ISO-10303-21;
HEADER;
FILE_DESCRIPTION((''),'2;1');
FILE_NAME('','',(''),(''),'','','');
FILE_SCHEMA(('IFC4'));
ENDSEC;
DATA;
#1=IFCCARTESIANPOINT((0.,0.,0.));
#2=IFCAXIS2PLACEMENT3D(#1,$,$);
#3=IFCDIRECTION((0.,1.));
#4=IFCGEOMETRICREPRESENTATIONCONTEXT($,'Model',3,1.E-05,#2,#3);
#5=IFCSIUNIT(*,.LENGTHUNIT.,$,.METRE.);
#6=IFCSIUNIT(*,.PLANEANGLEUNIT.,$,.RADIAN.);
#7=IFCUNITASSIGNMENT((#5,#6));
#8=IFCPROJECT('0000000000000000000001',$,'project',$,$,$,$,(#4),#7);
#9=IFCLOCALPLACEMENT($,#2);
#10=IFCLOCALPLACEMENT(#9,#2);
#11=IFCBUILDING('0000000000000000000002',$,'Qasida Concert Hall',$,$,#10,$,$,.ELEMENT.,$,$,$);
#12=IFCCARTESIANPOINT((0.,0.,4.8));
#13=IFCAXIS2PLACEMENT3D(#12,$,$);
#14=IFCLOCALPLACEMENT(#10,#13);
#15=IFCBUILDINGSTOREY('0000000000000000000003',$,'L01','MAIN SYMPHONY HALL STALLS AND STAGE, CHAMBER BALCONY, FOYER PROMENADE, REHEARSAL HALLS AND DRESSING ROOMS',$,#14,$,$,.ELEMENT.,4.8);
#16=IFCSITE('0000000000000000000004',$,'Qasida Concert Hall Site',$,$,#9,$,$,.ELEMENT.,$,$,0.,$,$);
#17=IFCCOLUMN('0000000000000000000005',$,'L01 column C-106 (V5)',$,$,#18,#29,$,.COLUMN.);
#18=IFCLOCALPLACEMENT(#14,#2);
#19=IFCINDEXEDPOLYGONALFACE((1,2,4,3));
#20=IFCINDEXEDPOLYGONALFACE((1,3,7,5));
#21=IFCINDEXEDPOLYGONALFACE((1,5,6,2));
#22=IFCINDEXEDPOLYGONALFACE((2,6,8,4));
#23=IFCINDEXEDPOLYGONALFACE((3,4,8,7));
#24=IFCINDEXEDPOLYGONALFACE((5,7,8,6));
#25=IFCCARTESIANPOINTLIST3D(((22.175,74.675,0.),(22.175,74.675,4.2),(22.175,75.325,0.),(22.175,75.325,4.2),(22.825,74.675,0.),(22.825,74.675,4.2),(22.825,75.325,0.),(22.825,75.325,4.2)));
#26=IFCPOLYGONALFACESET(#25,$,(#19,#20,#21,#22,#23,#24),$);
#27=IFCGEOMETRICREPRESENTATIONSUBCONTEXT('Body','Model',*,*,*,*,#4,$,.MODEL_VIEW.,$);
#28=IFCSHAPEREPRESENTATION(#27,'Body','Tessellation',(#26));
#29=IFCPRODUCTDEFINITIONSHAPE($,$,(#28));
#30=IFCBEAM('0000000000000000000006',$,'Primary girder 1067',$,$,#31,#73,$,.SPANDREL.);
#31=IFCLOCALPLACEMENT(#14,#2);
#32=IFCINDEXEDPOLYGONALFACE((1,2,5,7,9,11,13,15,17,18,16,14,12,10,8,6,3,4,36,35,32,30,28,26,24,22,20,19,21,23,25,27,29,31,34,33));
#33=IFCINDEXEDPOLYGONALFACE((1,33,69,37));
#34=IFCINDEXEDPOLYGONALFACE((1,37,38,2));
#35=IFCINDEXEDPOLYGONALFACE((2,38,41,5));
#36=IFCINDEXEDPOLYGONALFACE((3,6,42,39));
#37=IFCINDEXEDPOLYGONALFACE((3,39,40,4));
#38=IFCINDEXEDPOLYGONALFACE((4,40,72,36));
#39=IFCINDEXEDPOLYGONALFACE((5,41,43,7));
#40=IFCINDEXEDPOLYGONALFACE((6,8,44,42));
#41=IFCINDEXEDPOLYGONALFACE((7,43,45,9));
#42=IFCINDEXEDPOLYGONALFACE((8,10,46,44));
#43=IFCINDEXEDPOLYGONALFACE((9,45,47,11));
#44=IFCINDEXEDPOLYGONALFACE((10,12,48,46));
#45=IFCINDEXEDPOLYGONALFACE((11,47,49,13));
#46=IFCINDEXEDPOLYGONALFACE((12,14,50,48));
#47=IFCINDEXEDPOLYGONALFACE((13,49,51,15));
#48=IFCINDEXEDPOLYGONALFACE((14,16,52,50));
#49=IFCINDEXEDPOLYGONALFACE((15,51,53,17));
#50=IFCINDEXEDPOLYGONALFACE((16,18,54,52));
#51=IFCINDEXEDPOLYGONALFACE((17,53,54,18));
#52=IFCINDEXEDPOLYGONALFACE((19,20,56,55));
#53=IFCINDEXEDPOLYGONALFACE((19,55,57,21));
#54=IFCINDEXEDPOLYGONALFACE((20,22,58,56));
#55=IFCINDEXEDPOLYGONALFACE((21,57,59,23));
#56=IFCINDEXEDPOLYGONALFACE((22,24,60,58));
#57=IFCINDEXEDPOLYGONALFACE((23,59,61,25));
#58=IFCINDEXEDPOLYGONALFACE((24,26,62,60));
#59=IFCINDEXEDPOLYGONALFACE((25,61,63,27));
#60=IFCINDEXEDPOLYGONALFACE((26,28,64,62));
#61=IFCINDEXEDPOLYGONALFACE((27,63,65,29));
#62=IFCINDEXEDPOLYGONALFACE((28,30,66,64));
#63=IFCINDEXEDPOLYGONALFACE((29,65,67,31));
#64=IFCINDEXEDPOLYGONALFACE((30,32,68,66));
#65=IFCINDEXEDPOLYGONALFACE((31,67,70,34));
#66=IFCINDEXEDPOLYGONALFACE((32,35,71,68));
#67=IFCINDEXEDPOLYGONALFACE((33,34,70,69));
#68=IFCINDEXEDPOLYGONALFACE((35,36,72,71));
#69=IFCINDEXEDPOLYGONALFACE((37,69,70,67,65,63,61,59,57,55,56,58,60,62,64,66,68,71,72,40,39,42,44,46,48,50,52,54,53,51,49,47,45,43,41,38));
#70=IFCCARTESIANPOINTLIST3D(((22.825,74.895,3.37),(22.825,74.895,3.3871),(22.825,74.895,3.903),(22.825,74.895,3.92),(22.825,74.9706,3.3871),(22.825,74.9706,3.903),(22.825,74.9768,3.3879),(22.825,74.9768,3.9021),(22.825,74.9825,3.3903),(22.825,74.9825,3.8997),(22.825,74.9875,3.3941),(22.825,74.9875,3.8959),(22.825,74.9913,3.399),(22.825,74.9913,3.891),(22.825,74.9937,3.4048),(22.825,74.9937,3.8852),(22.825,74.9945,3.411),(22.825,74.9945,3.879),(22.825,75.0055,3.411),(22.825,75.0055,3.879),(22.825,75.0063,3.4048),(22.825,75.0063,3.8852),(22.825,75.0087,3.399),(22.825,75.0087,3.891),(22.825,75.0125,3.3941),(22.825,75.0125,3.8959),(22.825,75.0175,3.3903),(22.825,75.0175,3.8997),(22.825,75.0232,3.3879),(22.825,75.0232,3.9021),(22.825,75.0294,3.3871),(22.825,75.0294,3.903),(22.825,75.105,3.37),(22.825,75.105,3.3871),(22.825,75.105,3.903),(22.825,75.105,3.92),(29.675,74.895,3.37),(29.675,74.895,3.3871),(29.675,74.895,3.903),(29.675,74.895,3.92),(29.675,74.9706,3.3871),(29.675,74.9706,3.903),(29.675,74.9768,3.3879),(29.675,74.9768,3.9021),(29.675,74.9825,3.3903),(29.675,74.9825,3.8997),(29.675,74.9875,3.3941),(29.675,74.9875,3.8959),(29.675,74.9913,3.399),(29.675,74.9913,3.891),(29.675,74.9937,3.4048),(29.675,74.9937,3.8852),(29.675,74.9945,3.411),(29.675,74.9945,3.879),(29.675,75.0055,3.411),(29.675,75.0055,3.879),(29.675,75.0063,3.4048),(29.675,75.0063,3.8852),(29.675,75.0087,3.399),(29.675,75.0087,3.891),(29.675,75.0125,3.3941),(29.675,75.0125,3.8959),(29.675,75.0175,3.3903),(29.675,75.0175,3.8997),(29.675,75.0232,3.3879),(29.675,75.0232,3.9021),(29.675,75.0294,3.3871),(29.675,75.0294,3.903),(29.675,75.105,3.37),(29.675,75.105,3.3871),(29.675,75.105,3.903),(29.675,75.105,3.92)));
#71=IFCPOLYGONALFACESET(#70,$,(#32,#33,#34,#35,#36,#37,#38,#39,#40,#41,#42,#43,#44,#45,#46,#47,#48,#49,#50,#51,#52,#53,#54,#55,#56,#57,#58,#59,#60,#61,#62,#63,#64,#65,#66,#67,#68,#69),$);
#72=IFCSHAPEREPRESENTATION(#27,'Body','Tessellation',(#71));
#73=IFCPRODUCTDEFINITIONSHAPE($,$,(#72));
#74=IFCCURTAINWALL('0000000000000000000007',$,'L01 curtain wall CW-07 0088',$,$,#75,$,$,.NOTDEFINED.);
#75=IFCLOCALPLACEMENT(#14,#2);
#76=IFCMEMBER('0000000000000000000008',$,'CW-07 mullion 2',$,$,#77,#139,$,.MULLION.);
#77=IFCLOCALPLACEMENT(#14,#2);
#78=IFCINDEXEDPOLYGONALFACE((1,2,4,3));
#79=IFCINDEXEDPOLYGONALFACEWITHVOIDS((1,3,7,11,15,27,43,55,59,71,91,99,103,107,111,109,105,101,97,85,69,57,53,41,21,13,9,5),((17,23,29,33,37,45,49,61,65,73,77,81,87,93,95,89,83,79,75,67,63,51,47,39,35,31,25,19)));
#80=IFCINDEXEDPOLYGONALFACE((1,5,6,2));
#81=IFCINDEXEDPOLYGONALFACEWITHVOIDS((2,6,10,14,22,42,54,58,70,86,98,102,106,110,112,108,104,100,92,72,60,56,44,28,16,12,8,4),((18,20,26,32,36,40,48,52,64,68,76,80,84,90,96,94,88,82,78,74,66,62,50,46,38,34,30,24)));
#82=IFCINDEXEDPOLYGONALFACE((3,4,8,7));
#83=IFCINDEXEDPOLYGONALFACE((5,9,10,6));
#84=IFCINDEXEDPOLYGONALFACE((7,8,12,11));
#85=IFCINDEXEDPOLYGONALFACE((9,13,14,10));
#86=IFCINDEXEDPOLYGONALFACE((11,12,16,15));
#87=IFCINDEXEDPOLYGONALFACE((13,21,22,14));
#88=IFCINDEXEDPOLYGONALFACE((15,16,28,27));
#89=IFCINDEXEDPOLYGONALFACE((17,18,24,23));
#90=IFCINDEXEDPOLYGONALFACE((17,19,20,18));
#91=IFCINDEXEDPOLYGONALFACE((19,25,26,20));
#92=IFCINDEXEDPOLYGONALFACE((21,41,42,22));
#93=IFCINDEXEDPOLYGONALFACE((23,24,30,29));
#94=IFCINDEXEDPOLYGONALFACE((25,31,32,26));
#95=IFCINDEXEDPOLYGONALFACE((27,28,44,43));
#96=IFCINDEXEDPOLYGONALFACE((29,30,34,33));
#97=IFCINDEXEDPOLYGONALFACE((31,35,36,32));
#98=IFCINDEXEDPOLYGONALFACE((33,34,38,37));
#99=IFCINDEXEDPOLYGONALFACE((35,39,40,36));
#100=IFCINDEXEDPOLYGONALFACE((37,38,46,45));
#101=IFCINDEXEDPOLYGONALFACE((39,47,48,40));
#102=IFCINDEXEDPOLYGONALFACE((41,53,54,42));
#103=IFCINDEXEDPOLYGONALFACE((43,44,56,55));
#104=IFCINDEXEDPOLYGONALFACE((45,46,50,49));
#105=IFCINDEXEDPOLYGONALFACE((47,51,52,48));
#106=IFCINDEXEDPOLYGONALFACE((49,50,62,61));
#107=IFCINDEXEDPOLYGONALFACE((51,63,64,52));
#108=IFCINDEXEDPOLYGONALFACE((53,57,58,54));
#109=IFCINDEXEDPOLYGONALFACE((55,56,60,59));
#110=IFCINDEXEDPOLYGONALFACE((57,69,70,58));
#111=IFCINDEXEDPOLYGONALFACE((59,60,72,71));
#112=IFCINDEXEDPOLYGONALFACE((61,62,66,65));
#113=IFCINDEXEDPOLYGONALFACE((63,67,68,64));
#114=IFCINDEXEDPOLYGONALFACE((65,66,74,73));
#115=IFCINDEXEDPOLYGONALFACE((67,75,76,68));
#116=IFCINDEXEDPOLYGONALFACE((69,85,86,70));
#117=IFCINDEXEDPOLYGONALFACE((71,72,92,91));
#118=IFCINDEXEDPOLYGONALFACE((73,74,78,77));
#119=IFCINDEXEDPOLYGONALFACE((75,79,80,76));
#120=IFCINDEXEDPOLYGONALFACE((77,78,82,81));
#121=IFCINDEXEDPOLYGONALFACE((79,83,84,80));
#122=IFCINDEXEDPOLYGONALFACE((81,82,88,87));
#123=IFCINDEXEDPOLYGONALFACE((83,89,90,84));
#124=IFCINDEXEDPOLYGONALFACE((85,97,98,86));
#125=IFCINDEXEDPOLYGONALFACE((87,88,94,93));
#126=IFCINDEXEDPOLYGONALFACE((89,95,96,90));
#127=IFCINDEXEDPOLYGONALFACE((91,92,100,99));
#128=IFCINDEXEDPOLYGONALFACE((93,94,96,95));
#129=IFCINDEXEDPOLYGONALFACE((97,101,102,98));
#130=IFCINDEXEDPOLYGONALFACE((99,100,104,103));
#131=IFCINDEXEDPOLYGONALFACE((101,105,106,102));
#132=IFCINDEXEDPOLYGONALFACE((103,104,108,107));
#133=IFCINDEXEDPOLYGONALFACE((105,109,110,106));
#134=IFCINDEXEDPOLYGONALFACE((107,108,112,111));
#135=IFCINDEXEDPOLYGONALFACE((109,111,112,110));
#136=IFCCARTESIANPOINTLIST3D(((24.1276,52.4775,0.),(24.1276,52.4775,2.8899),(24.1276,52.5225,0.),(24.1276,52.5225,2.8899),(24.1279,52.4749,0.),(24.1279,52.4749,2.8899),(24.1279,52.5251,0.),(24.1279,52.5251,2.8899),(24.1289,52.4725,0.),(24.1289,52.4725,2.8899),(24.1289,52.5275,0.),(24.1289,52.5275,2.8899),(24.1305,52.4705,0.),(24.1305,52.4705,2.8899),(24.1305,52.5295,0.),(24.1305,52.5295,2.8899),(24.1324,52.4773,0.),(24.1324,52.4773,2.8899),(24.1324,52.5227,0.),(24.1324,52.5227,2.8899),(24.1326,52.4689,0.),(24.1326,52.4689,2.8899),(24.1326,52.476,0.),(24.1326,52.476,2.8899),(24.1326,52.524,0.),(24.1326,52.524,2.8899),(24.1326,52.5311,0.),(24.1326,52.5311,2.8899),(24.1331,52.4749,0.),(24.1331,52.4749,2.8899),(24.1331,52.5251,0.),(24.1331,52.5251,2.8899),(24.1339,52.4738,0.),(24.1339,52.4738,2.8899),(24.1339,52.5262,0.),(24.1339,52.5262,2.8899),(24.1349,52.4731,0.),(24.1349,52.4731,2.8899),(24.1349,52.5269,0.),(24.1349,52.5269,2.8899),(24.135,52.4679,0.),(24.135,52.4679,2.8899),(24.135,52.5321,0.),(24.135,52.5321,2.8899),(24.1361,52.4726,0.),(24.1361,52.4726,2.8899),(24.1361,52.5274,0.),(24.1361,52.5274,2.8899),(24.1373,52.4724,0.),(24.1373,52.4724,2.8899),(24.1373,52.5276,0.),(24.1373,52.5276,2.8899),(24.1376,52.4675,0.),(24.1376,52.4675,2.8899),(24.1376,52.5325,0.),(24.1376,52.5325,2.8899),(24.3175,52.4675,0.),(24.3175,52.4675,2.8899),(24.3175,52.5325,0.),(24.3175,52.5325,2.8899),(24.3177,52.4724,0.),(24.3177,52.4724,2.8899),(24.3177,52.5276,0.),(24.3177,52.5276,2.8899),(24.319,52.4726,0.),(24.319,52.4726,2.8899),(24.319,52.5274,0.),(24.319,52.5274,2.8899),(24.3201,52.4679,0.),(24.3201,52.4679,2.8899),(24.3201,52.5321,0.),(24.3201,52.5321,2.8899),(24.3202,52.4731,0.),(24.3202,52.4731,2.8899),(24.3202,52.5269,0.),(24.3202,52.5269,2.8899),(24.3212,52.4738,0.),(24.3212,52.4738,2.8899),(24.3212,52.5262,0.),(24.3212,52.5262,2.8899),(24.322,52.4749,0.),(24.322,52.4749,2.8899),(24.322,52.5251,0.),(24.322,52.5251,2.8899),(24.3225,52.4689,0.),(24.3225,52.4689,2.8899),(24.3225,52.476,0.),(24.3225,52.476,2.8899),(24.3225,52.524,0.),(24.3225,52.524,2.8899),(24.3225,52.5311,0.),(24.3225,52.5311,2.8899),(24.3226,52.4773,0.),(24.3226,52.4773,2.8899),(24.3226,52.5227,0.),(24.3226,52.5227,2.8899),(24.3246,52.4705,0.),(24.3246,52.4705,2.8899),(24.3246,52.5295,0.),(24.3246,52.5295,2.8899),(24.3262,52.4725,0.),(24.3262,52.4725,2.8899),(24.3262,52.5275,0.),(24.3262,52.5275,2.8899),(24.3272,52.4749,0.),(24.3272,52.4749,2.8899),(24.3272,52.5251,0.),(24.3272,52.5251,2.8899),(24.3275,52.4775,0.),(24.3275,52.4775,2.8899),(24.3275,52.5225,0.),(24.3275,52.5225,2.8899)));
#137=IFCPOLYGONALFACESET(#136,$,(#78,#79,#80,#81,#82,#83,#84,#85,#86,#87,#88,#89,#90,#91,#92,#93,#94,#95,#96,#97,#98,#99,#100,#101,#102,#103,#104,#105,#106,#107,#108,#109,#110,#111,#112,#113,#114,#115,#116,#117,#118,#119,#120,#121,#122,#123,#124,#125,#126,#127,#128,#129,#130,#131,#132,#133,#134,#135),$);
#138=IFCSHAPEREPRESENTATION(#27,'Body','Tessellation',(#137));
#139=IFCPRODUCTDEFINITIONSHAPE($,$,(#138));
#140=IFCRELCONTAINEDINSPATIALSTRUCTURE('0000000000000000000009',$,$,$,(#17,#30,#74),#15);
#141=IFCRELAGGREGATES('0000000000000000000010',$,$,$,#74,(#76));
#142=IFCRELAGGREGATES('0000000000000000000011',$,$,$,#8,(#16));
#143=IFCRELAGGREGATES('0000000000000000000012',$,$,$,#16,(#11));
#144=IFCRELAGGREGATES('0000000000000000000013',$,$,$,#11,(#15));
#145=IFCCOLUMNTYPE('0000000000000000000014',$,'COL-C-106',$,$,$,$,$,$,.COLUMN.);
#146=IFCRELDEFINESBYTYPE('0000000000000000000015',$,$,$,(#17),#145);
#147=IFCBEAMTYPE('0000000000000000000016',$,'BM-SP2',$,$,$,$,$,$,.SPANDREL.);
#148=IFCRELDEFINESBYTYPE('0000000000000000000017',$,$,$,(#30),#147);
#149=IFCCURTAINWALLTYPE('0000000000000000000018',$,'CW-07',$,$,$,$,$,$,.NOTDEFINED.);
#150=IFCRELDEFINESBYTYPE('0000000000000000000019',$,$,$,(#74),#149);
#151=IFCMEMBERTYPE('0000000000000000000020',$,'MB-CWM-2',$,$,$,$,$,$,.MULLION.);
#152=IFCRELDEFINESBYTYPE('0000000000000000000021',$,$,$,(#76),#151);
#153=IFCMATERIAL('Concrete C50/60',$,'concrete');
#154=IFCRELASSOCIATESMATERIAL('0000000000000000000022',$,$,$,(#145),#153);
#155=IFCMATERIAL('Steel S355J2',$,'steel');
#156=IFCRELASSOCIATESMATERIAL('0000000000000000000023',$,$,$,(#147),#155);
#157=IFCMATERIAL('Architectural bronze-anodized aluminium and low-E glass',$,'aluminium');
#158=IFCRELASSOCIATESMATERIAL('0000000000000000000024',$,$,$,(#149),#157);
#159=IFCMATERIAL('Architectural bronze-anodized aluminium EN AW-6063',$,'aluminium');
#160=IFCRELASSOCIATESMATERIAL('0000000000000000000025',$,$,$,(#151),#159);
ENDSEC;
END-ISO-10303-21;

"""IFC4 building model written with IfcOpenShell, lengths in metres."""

from ifc_helpers import new_model, si_unit, direction, frame, origin, origin_2d, place, context, subcontext, project, spatial, rectangle, hollow_rectangle, i_section, extrude, material, material_profile, profile_set, type_object, element, aggregate, save


model = new_model("IFC4")

# Units and contexts
model_context = context("Model", 3, precision=1e-05, world=origin(), true_north=direction((0.0, 1.0)))
body_context = subcontext(model_context, "Body", "Model", "MODEL_VIEW")
ifc_project = project(units=[si_unit("LENGTHUNIT", "METRE"), si_unit("PLANEANGLEUNIT", "RADIAN")], contexts=[model_context])

# Site, building, storey
site_placement = place(None, origin())
site = spatial("IfcSite", under=ifc_project, at=site_placement, Name="Qasida Concert Hall Site", CompositionType="ELEMENT", RefElevation=0.0)
building_placement = place(site_placement, origin())
building = spatial("IfcBuilding", under=site, at=building_placement, Name="Qasida Concert Hall", CompositionType="ELEMENT")
storey_placement = place(building_placement, frame((0.0, 0.0, 4.8)))
storey = spatial("IfcBuildingStorey", under=building, at=storey_placement, Name="L01", Description="MAIN SYMPHONY HALL STALLS AND STAGE, CHAMBER BALCONY, FOYER PROMENADE, REHEARSAL HALLS AND DRESSING ROOMS", CompositionType="ELEMENT", Elevation=4.8)

# Column
ifc_material_1 = material(Name="Concrete C50/60", Category="concrete")
ifc_material_profile_1 = material_profile(ifc_material_1, rectangle(XDim=0.6499, YDim=0.6499, at=origin_2d()), Name="RC 650x650")
ifc_profile_set_1 = profile_set([ifc_material_profile_1], Name="Concrete C50/60")
column_type = type_object("IfcColumnType", Name="COL-C-106", PredefinedType="COLUMN", material=ifc_profile_set_1)
column_placement = place(storey_placement, frame((22.5, 75.0, 0.0), z_axis=(0.0, 0.0, 1.0), x_axis=(1.0, 0.0, 0.0)))
element("IfcColumn", 1, at=column_placement, inside=storey, type_object=column_type, Name="L01 column C-106 (V5)", PredefinedType="COLUMN", context=body_context, shape_type="SweptSolid", body=[
    extrude(rectangle(XDim=0.6499, YDim=0.6499, at=origin_2d()), origin(), (0.0, 0.0, 1.0), 4.2),
])

# Beam
ifc_material_2 = material(Name="Steel S355J2", Category="steel")
ifc_material_profile_2 = material_profile(ifc_material_2, i_section(OverallWidth=0.21, OverallDepth=0.55, WebThickness=0.011, FlangeThickness=0.0171, FilletRadius=0.0239, at=origin_2d()), Name="IPE 550")
ifc_profile_set_2 = profile_set([ifc_material_profile_2], Name="Steel S355J2")
beam_type = type_object("IfcBeamType", Name="BM-SP2", PredefinedType="SPANDREL", material=ifc_profile_set_2)
beam_placement = place(storey_placement, frame((22.825, 75.0, 3.645), z_axis=(1.0, 0.0, 0.0), x_axis=(0.0, 1.0, 0.0)))
element("IfcBeam", 2, at=beam_placement, inside=storey, type_object=beam_type, Name="Primary girder 1067", PredefinedType="SPANDREL", context=body_context, shape_type="SweptSolid", body=[
    extrude(i_section(OverallWidth=0.21, OverallDepth=0.55, WebThickness=0.011, FlangeThickness=0.0171, FilletRadius=0.0239, at=origin_2d()), origin(), (0.0, 0.0, 1.0), 6.8501),
])

# Curtain wall, member
ifc_material_3 = material(Name="Architectural bronze-anodized aluminium and low-E glass", Category="aluminium")
curtain_wall_type_1 = type_object("IfcCurtainWallType", Name="CW-07", PredefinedType="NOTDEFINED", material=ifc_material_3)
curtain_wall_1_placement = place(storey_placement, origin())
curtain_wall_1 = element("IfcCurtainWall", 3, at=curtain_wall_1_placement, inside=storey, type_object=curtain_wall_type_1, Name="L01 curtain wall CW-07 0088", PredefinedType="NOTDEFINED")
ifc_material_4 = material(Name="Architectural bronze-anodized aluminium EN AW-6063", Category="aluminium")
ifc_material_profile_3 = material_profile(ifc_material_4, hollow_rectangle(XDim=0.0649, YDim=0.2, WallThickness=0.0049, InnerFilletRadius=0.0049, OuterFilletRadius=0.01, at=origin_2d()), Name="CWM 200x65x5")
ifc_profile_set_3 = profile_set([ifc_material_profile_3], Name="Architectural bronze-anodized aluminium EN AW-6063")
member_type_1 = type_object("IfcMemberType", Name="MB-CWM-2", PredefinedType="MULLION", material=ifc_profile_set_3)
member_1_placement = place(storey_placement, frame((24.2275, 52.5, 0.0), z_axis=(0.0, 0.0, 1.0), x_axis=(0.0, 1.0, 0.0)))
member_1 = element("IfcMember", 4, at=member_1_placement, type_object=member_type_1, Name="CW-07 mullion 2", PredefinedType="MULLION", context=body_context, shape_type="SweptSolid", body=[
    extrude(hollow_rectangle(XDim=0.0649, YDim=0.2, WallThickness=0.0049, InnerFilletRadius=0.0049, OuterFilletRadius=0.01, at=origin_2d()), origin(), (0.0, 0.0, 1.0), 2.8899),
])

aggregate(curtain_wall_1, [member_1])

save(model, "model.ifc")
